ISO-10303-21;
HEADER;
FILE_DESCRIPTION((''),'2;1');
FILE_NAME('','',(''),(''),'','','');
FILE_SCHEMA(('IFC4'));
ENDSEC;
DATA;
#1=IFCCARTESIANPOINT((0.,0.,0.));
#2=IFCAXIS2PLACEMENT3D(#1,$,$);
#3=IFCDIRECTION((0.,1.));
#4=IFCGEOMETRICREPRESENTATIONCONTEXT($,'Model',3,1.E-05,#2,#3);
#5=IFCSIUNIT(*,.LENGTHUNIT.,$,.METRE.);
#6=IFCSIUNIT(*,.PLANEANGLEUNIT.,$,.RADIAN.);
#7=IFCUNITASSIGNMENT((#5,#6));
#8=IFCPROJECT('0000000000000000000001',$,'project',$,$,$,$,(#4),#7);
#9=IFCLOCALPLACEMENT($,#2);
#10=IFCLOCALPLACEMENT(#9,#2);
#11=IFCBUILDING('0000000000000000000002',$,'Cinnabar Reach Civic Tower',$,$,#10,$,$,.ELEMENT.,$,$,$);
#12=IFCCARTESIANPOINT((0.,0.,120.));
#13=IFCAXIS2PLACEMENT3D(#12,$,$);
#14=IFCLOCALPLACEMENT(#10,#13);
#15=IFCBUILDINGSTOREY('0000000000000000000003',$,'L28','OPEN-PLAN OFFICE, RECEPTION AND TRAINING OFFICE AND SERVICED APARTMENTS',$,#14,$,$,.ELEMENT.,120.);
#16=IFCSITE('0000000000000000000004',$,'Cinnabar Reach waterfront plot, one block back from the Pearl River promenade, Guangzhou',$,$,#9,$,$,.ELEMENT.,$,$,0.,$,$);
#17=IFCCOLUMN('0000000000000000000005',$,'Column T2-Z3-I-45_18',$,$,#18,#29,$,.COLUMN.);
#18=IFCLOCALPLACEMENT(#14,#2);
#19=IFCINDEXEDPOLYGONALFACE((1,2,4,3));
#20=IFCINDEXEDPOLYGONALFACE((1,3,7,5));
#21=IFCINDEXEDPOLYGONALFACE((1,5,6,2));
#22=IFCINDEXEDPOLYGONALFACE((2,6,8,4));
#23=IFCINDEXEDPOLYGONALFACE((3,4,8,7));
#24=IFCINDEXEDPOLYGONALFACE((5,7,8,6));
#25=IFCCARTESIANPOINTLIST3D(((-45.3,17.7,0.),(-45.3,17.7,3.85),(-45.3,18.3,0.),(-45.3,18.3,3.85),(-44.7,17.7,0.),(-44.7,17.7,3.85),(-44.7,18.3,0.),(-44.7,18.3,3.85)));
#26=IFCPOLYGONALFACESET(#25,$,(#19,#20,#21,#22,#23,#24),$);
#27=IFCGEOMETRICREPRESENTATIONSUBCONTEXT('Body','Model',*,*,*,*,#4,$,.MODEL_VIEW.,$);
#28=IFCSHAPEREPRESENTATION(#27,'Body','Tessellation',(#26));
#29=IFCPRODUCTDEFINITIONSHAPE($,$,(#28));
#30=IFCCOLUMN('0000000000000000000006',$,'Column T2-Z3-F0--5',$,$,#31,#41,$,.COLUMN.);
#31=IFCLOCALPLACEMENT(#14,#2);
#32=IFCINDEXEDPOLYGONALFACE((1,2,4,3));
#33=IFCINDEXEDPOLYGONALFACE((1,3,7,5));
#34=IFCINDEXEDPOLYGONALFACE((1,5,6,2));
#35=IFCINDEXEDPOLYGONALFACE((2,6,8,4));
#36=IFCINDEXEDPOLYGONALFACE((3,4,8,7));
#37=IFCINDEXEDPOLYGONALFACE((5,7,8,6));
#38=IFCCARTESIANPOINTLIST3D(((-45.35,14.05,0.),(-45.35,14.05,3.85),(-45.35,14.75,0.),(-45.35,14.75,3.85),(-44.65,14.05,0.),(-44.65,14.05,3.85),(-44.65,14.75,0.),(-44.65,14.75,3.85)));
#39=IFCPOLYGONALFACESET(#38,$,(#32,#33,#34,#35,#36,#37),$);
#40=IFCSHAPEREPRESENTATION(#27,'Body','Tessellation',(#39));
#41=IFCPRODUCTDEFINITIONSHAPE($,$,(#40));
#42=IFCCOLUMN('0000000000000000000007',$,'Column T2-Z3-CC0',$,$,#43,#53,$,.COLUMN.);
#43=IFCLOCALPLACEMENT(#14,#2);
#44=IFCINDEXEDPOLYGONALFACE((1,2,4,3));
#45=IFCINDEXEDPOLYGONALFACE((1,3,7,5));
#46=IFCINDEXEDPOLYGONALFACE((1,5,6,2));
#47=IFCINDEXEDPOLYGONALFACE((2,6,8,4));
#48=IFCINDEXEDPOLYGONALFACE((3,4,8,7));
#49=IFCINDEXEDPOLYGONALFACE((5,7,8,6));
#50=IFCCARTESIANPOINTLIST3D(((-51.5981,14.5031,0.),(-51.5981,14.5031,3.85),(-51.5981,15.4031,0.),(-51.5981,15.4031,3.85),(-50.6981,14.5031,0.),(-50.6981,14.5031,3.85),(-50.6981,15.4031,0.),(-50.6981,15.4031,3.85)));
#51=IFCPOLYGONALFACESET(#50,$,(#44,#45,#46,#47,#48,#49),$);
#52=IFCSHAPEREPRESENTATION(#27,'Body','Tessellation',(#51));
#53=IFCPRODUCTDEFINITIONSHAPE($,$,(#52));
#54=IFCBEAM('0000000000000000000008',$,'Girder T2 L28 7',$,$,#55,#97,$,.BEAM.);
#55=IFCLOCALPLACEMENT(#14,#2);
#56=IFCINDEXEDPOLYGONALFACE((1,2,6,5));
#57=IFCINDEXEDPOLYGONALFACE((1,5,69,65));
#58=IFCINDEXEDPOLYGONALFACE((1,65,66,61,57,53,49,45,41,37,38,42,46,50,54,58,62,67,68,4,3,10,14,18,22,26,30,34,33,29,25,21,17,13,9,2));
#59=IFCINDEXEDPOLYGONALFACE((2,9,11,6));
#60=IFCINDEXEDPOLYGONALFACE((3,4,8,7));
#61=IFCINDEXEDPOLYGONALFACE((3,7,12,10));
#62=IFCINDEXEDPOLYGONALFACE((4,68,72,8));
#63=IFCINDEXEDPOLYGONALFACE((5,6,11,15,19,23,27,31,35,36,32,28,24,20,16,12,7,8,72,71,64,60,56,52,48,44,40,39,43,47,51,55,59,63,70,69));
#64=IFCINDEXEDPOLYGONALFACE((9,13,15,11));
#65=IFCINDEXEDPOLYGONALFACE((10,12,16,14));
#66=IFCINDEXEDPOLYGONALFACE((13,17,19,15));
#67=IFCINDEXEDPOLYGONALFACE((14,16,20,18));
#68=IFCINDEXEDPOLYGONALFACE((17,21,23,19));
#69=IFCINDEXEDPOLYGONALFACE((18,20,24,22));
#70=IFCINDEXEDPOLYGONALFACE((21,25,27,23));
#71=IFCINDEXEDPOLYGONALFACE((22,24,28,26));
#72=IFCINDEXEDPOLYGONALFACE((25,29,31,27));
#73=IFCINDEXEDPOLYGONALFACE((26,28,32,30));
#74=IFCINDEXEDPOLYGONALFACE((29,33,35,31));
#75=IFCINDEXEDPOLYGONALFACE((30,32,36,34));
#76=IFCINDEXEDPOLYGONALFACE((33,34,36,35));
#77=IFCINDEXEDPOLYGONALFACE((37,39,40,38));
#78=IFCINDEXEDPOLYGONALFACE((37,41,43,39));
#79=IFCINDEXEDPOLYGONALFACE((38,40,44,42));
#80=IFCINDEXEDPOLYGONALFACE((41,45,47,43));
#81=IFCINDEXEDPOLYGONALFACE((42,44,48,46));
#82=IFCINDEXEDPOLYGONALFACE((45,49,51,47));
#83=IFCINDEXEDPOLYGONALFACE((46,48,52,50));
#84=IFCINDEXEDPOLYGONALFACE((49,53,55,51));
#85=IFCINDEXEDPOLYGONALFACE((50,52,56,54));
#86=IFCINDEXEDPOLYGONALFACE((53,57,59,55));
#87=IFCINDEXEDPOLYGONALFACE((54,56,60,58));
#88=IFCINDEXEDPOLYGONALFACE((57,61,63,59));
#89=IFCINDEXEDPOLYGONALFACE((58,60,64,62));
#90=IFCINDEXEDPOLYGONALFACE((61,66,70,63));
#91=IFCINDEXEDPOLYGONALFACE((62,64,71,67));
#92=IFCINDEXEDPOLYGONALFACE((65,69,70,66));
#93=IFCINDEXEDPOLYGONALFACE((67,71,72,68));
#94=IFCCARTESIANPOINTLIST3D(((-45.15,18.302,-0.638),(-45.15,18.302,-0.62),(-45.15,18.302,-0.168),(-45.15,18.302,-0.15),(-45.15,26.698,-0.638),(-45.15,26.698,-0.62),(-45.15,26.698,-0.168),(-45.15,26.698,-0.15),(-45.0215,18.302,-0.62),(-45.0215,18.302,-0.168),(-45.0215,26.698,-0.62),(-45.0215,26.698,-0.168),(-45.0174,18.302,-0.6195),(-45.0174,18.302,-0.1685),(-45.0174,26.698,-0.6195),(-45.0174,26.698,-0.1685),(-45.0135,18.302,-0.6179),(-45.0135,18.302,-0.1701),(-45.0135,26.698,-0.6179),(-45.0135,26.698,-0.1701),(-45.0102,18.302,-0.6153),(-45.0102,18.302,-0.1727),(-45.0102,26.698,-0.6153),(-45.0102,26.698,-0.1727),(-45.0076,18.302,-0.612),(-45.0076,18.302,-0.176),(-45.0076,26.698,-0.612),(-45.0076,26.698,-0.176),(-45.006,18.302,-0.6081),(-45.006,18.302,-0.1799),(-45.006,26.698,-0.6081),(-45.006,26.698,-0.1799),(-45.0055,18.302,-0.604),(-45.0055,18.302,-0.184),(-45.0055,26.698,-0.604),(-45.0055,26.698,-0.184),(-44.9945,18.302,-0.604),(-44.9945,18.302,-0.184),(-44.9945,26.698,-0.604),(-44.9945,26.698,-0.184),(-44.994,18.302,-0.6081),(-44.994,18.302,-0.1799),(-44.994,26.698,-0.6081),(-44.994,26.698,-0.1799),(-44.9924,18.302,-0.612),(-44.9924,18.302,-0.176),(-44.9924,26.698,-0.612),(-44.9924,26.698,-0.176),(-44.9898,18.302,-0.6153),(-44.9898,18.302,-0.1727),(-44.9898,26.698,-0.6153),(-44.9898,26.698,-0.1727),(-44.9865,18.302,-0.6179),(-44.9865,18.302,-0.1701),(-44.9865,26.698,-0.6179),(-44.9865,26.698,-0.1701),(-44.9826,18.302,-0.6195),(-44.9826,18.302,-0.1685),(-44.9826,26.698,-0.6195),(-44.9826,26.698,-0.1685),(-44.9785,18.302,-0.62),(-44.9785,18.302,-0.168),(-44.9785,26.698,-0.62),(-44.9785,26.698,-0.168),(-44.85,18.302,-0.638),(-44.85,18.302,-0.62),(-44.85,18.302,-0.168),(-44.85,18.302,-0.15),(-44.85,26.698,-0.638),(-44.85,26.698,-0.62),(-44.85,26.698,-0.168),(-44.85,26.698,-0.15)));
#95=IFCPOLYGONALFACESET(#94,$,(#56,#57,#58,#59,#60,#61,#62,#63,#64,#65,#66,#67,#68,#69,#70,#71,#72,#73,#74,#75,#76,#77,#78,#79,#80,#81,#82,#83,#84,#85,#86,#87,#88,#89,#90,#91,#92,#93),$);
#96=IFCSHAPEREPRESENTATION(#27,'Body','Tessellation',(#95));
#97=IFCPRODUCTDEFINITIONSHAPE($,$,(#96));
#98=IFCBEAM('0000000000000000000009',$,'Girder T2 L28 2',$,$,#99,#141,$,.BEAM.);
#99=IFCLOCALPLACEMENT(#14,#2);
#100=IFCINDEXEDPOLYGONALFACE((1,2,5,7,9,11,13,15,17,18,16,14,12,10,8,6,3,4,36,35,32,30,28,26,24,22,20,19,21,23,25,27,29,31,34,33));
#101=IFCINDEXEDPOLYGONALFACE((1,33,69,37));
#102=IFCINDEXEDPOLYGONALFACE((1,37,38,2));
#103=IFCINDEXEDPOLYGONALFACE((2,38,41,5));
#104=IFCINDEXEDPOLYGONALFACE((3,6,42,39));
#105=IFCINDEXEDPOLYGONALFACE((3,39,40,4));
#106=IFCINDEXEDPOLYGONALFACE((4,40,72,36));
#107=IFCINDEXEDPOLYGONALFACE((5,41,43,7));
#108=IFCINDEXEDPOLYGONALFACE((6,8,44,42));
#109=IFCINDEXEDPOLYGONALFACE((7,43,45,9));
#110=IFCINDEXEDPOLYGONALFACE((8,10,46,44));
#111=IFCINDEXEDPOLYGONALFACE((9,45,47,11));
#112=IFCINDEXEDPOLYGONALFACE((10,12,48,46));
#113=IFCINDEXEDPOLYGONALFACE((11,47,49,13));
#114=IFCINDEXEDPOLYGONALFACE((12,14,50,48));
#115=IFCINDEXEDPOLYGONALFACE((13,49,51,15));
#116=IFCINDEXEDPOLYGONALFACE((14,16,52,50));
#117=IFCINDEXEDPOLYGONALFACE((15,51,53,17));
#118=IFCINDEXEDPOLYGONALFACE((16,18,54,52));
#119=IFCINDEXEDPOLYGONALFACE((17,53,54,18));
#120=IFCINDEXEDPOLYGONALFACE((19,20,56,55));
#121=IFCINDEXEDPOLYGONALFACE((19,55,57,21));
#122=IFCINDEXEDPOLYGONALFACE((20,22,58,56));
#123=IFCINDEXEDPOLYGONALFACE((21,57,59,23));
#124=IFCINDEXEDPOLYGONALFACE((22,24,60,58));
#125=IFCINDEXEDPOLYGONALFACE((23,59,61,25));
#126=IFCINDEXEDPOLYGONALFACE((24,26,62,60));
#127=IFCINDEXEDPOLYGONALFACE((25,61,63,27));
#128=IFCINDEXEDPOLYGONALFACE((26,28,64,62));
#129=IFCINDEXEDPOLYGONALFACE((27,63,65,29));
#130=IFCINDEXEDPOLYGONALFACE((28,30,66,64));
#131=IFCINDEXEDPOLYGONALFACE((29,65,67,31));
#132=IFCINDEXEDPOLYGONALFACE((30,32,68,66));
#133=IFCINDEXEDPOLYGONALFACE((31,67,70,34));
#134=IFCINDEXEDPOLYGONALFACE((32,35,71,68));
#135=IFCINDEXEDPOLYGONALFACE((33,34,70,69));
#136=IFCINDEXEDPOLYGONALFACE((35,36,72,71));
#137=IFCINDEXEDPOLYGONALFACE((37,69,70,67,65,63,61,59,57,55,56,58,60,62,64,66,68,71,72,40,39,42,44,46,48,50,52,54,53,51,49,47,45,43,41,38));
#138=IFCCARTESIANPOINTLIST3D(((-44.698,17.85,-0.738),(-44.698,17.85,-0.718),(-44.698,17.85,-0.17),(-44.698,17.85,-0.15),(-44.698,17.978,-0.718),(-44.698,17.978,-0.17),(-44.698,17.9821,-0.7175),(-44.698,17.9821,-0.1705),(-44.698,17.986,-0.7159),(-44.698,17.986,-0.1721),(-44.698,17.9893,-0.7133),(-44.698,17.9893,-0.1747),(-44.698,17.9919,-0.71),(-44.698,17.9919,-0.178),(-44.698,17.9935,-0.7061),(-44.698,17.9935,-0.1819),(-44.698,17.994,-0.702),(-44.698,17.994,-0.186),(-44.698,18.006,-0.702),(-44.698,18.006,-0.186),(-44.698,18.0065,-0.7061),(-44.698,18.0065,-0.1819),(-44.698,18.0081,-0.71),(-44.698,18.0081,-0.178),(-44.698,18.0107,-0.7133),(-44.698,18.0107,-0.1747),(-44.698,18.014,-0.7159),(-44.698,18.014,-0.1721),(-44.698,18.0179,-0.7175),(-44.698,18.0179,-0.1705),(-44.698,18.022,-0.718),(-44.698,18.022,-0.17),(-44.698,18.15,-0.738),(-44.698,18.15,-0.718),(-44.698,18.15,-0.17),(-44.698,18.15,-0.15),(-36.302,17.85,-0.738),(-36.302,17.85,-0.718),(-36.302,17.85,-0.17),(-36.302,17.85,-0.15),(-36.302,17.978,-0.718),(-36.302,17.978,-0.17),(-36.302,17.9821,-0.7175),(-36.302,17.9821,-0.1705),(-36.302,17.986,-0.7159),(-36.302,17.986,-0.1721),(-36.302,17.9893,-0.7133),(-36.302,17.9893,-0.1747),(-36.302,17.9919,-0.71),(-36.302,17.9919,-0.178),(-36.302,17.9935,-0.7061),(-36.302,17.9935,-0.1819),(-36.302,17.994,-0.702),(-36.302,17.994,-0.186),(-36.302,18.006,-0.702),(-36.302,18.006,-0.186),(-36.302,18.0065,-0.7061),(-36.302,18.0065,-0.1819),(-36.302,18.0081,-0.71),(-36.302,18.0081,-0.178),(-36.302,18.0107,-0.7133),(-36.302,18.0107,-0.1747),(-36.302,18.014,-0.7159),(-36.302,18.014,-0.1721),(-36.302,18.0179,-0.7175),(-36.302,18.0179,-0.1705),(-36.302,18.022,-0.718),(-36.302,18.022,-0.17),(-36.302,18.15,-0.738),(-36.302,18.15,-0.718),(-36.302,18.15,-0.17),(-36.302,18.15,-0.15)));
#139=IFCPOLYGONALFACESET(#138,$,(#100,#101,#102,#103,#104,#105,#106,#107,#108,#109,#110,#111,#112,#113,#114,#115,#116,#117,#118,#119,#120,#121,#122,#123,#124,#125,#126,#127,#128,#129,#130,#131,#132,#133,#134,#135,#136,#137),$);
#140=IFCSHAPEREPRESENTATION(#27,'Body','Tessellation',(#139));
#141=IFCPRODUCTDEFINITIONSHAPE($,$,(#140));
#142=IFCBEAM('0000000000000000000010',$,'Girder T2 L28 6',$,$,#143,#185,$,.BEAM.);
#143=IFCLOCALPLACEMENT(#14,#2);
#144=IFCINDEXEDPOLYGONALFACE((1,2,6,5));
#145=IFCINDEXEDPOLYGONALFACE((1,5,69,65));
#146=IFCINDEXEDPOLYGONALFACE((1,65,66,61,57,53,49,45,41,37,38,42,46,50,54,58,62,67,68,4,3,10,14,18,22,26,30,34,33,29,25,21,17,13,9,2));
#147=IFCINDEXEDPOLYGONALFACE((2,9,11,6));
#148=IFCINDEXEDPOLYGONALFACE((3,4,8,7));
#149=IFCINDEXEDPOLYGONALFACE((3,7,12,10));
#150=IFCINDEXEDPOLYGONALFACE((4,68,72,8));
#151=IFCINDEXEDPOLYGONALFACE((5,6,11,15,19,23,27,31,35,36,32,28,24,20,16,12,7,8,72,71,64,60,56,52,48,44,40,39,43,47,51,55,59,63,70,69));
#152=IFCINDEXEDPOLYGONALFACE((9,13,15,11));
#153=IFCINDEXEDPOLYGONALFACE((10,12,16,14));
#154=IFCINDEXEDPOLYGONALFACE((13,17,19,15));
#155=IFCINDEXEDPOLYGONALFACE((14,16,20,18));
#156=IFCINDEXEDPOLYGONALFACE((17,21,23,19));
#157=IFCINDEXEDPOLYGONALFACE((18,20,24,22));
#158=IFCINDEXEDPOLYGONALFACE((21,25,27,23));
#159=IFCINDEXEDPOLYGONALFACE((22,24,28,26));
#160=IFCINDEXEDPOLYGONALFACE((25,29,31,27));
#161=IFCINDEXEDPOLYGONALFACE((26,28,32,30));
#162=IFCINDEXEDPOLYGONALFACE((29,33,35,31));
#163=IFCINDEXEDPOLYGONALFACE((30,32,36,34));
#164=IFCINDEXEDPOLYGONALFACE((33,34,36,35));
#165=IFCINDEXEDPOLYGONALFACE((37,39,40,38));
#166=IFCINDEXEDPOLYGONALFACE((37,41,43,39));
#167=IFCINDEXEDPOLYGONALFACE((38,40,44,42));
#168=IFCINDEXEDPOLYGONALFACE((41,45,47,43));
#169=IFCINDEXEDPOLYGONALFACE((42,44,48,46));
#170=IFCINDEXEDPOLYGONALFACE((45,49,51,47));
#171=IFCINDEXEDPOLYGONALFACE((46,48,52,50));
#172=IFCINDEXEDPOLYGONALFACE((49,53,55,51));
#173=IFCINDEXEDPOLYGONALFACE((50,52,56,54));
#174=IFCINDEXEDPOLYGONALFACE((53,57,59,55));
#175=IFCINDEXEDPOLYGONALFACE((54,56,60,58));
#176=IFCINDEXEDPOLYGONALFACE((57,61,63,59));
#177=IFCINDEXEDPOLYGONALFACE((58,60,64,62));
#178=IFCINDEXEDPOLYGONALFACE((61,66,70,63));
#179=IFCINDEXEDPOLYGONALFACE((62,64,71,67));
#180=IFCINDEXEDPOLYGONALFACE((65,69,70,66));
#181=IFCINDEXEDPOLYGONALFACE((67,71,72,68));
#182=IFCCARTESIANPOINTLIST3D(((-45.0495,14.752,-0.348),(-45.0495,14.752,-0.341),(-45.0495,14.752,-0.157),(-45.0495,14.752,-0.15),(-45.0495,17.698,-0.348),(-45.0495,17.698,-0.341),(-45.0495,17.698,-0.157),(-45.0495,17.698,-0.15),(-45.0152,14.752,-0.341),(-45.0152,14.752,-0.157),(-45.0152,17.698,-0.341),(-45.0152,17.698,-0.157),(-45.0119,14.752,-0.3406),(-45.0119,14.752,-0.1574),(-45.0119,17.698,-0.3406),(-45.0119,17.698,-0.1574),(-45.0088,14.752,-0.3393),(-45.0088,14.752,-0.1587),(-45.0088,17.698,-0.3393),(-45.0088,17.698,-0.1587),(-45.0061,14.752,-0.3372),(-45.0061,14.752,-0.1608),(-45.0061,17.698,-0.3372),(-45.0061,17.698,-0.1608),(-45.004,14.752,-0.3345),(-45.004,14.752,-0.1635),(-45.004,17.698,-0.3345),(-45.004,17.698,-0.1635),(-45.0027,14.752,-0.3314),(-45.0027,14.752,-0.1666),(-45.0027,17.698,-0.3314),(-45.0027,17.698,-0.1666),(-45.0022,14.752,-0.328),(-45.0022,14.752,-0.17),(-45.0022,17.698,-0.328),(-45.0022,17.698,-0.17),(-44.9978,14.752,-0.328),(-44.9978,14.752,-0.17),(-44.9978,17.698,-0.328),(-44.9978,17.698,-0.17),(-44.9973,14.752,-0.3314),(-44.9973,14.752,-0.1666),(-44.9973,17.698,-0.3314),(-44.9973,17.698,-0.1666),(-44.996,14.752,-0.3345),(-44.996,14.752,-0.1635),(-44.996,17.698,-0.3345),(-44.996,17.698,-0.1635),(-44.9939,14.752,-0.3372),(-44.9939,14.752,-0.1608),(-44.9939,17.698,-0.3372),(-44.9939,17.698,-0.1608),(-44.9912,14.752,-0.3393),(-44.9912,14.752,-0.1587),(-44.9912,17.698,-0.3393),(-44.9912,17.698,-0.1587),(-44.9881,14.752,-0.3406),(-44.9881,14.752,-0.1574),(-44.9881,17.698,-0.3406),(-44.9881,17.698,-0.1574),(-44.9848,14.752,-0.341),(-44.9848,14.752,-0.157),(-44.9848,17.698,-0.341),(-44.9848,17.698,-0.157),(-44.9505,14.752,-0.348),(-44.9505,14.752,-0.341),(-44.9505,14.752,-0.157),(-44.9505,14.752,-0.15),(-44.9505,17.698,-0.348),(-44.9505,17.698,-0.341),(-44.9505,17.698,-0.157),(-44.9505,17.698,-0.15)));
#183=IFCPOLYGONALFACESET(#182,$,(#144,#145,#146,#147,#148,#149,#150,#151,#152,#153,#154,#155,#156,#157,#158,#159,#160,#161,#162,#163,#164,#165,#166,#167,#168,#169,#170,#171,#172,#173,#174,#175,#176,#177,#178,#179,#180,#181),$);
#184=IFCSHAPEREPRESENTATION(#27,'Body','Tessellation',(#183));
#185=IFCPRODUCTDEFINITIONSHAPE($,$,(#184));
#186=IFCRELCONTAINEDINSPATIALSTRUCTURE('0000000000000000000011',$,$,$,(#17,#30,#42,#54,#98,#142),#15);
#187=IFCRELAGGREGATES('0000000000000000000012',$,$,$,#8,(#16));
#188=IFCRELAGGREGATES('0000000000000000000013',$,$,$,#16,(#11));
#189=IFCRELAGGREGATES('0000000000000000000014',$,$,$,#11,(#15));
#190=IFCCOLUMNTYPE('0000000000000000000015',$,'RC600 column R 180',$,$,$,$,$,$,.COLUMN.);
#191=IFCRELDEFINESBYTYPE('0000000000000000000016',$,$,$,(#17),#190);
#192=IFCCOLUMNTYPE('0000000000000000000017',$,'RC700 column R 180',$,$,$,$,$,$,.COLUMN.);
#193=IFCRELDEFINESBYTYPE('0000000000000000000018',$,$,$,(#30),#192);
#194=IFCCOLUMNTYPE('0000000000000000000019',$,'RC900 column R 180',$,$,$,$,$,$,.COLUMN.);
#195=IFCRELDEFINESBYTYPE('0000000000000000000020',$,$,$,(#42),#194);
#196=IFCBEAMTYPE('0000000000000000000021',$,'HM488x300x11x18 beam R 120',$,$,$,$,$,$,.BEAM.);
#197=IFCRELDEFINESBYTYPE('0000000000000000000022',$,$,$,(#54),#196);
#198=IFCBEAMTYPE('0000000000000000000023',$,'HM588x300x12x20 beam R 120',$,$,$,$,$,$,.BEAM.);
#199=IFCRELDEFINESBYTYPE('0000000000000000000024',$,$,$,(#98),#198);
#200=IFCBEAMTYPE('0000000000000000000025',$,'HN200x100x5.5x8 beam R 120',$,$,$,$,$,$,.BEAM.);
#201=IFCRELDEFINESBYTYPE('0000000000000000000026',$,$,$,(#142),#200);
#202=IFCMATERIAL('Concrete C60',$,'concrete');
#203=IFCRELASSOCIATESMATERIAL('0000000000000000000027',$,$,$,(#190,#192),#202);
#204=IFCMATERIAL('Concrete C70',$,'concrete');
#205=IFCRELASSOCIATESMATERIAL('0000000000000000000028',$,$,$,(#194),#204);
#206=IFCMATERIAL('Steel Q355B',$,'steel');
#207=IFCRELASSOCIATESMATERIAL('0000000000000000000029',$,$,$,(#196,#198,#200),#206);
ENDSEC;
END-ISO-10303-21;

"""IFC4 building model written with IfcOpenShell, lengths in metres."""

from ifc_helpers import new_model, si_unit, direction, frame, origin, origin_2d, place, context, subcontext, project, spatial, rectangle, i_section, extrude, material, material_profile, profile_set, type_object, element, save


model = new_model("IFC4")

# Units and contexts
model_context = context("Model", 3, precision=1e-05, world=origin(), true_north=direction((0.0, 1.0)))
body_context = subcontext(model_context, "Body", "Model", "MODEL_VIEW")
ifc_project = project(units=[si_unit("LENGTHUNIT", "METRE"), si_unit("PLANEANGLEUNIT", "RADIAN")], contexts=[model_context])

# Site, building, storey
site_placement = place(None, origin())
site = spatial("IfcSite", under=ifc_project, at=site_placement, Name="Cinnabar Reach waterfront plot, one block back from the Pearl River promenade, Guangzhou", CompositionType="ELEMENT", RefElevation=0.0)
building_placement = place(site_placement, origin())
building = spatial("IfcBuilding", under=site, at=building_placement, Name="Cinnabar Reach Civic Tower", CompositionType="ELEMENT")
storey_placement = place(building_placement, frame((0.0, 0.0, 120.0)))
storey = spatial("IfcBuildingStorey", under=building, at=storey_placement, Name="L28", Description="OPEN-PLAN OFFICE, RECEPTION AND TRAINING OFFICE AND SERVICED APARTMENTS", CompositionType="ELEMENT", Elevation=120.0)

# Columns
ifc_material_1 = material(Name="Concrete C60", Category="concrete")
ifc_material_profile_1 = material_profile(ifc_material_1, rectangle(XDim=0.6, YDim=0.6, at=origin_2d()), Name="RC600")
ifc_profile_set_1 = profile_set([ifc_material_profile_1], Name="Concrete C60")
column_type_1 = type_object("IfcColumnType", Name="RC600 column R 180", PredefinedType="COLUMN", material=ifc_profile_set_1)
column_1_placement = place(storey_placement, frame((-45.0, 18.0, 0.0), z_axis=(0.0, 0.0, 1.0), x_axis=(1.0, 0.0, 0.0)))
element("IfcColumn", 1, at=column_1_placement, inside=storey, type_object=column_type_1, Name="Column T2-Z3-I-45_18", PredefinedType="COLUMN", context=body_context, shape_type="SweptSolid", body=[
    extrude(rectangle(XDim=0.6, YDim=0.6, at=origin_2d()), origin(), (0.0, 0.0, 1.0), 3.85),
])
ifc_material_profile_2 = material_profile(ifc_material_1, rectangle(XDim=0.7, YDim=0.7, at=origin_2d()), Name="RC700")
ifc_profile_set_2 = profile_set([ifc_material_profile_2], Name="Concrete C60")
column_type_2 = type_object("IfcColumnType", Name="RC700 column R 180", PredefinedType="COLUMN", material=ifc_profile_set_2)
column_2_placement = place(storey_placement, frame((-45.0, 14.4, 0.0), z_axis=(0.0, 0.0, 1.0), x_axis=(1.0, 0.0, 0.0)))
element("IfcColumn", 2, at=column_2_placement, inside=storey, type_object=column_type_2, Name="Column T2-Z3-F0--5", PredefinedType="COLUMN", context=body_context, shape_type="SweptSolid", body=[
    extrude(rectangle(XDim=0.7, YDim=0.7, at=origin_2d()), origin(), (0.0, 0.0, 1.0), 3.85),
])
ifc_material_2 = material(Name="Concrete C70", Category="concrete")
ifc_material_profile_3 = material_profile(ifc_material_2, rectangle(XDim=0.9, YDim=0.9, at=origin_2d()), Name="RC900")
ifc_profile_set_3 = profile_set([ifc_material_profile_3], Name="Concrete C70")
column_type_3 = type_object("IfcColumnType", Name="RC900 column R 180", PredefinedType="COLUMN", material=ifc_profile_set_3)
column_3_placement = place(storey_placement, frame((-51.1481, 14.9531, 0.0), z_axis=(0.0, 0.0, 1.0), x_axis=(1.0, 0.0, 0.0)))
element("IfcColumn", 3, at=column_3_placement, inside=storey, type_object=column_type_3, Name="Column T2-Z3-CC0", PredefinedType="COLUMN", context=body_context, shape_type="SweptSolid", body=[
    extrude(rectangle(XDim=0.9, YDim=0.9, at=origin_2d()), origin(), (0.0, 0.0, 1.0), 3.85),
])

# Beams
ifc_material_3 = material(Name="Steel Q355B", Category="steel")
ifc_material_profile_4 = material_profile(ifc_material_3, i_section(OverallWidth=0.3, OverallDepth=0.488, WebThickness=0.011, FlangeThickness=0.018, FilletRadius=0.016, at=origin_2d()), Name="HM488x300x11x18")
ifc_profile_set_4 = profile_set([ifc_material_profile_4], Name="Steel Q355B")
beam_type_1 = type_object("IfcBeamType", Name="HM488x300x11x18 beam R 120", PredefinedType="BEAM", material=ifc_profile_set_4)
beam_1_placement = place(storey_placement, frame((-45.0, 18.302, -0.394), z_axis=(0.0, 1.0, 0.0), x_axis=(-1.0, 0.0, 0.0)))
element("IfcBeam", 4, at=beam_1_placement, inside=storey, type_object=beam_type_1, Name="Girder T2 L28 7", PredefinedType="BEAM", context=body_context, shape_type="SweptSolid", body=[
    extrude(i_section(OverallWidth=0.3, OverallDepth=0.488, WebThickness=0.011, FlangeThickness=0.018, FilletRadius=0.016, at=origin_2d()), origin(), (0.0, 0.0, 1.0), 8.396),
])
ifc_material_profile_5 = material_profile(ifc_material_3, i_section(OverallWidth=0.3, OverallDepth=0.588, WebThickness=0.012, FlangeThickness=0.02, FilletRadius=0.016, at=origin_2d()), Name="HM588x300x12x20")
ifc_profile_set_5 = profile_set([ifc_material_profile_5], Name="Steel Q355B")
beam_type_2 = type_object("IfcBeamType", Name="HM588x300x12x20 beam R 120", PredefinedType="BEAM", material=ifc_profile_set_5)
beam_2_placement = place(storey_placement, frame((-44.698, 18.0, -0.444), z_axis=(1.0, 0.0, 0.0), x_axis=(0.0, 1.0, 0.0)))
element("IfcBeam", 5, at=beam_2_placement, inside=storey, type_object=beam_type_2, Name="Girder T2 L28 2", PredefinedType="BEAM", context=body_context, shape_type="SweptSolid", body=[
    extrude(i_section(OverallWidth=0.3, OverallDepth=0.588, WebThickness=0.012, FlangeThickness=0.02, FilletRadius=0.016, at=origin_2d()), origin(), (0.0, 0.0, 1.0), 8.396),
])
ifc_material_profile_6 = material_profile(ifc_material_3, i_section(OverallWidth=0.099, OverallDepth=0.198, WebThickness=0.0045, FlangeThickness=0.007, FilletRadius=0.013, at=origin_2d()), Name="HN200x100x5.5x8")
ifc_profile_set_6 = profile_set([ifc_material_profile_6], Name="Steel Q355B")
beam_type_3 = type_object("IfcBeamType", Name="HN200x100x5.5x8 beam R 120", PredefinedType="BEAM", material=ifc_profile_set_6)
beam_3_placement = place(storey_placement, frame((-45.0, 14.752, -0.249), z_axis=(0.0, 1.0, 0.0), x_axis=(-1.0, 0.0, 0.0)))
element("IfcBeam", 6, at=beam_3_placement, inside=storey, type_object=beam_type_3, Name="Girder T2 L28 6", PredefinedType="BEAM", context=body_context, shape_type="SweptSolid", body=[
    extrude(i_section(OverallWidth=0.099, OverallDepth=0.198, WebThickness=0.0045, FlangeThickness=0.007, FilletRadius=0.013, at=origin_2d()), origin(), (0.0, 0.0, 1.0), 2.946),
])

save(model, "model.ifc")
